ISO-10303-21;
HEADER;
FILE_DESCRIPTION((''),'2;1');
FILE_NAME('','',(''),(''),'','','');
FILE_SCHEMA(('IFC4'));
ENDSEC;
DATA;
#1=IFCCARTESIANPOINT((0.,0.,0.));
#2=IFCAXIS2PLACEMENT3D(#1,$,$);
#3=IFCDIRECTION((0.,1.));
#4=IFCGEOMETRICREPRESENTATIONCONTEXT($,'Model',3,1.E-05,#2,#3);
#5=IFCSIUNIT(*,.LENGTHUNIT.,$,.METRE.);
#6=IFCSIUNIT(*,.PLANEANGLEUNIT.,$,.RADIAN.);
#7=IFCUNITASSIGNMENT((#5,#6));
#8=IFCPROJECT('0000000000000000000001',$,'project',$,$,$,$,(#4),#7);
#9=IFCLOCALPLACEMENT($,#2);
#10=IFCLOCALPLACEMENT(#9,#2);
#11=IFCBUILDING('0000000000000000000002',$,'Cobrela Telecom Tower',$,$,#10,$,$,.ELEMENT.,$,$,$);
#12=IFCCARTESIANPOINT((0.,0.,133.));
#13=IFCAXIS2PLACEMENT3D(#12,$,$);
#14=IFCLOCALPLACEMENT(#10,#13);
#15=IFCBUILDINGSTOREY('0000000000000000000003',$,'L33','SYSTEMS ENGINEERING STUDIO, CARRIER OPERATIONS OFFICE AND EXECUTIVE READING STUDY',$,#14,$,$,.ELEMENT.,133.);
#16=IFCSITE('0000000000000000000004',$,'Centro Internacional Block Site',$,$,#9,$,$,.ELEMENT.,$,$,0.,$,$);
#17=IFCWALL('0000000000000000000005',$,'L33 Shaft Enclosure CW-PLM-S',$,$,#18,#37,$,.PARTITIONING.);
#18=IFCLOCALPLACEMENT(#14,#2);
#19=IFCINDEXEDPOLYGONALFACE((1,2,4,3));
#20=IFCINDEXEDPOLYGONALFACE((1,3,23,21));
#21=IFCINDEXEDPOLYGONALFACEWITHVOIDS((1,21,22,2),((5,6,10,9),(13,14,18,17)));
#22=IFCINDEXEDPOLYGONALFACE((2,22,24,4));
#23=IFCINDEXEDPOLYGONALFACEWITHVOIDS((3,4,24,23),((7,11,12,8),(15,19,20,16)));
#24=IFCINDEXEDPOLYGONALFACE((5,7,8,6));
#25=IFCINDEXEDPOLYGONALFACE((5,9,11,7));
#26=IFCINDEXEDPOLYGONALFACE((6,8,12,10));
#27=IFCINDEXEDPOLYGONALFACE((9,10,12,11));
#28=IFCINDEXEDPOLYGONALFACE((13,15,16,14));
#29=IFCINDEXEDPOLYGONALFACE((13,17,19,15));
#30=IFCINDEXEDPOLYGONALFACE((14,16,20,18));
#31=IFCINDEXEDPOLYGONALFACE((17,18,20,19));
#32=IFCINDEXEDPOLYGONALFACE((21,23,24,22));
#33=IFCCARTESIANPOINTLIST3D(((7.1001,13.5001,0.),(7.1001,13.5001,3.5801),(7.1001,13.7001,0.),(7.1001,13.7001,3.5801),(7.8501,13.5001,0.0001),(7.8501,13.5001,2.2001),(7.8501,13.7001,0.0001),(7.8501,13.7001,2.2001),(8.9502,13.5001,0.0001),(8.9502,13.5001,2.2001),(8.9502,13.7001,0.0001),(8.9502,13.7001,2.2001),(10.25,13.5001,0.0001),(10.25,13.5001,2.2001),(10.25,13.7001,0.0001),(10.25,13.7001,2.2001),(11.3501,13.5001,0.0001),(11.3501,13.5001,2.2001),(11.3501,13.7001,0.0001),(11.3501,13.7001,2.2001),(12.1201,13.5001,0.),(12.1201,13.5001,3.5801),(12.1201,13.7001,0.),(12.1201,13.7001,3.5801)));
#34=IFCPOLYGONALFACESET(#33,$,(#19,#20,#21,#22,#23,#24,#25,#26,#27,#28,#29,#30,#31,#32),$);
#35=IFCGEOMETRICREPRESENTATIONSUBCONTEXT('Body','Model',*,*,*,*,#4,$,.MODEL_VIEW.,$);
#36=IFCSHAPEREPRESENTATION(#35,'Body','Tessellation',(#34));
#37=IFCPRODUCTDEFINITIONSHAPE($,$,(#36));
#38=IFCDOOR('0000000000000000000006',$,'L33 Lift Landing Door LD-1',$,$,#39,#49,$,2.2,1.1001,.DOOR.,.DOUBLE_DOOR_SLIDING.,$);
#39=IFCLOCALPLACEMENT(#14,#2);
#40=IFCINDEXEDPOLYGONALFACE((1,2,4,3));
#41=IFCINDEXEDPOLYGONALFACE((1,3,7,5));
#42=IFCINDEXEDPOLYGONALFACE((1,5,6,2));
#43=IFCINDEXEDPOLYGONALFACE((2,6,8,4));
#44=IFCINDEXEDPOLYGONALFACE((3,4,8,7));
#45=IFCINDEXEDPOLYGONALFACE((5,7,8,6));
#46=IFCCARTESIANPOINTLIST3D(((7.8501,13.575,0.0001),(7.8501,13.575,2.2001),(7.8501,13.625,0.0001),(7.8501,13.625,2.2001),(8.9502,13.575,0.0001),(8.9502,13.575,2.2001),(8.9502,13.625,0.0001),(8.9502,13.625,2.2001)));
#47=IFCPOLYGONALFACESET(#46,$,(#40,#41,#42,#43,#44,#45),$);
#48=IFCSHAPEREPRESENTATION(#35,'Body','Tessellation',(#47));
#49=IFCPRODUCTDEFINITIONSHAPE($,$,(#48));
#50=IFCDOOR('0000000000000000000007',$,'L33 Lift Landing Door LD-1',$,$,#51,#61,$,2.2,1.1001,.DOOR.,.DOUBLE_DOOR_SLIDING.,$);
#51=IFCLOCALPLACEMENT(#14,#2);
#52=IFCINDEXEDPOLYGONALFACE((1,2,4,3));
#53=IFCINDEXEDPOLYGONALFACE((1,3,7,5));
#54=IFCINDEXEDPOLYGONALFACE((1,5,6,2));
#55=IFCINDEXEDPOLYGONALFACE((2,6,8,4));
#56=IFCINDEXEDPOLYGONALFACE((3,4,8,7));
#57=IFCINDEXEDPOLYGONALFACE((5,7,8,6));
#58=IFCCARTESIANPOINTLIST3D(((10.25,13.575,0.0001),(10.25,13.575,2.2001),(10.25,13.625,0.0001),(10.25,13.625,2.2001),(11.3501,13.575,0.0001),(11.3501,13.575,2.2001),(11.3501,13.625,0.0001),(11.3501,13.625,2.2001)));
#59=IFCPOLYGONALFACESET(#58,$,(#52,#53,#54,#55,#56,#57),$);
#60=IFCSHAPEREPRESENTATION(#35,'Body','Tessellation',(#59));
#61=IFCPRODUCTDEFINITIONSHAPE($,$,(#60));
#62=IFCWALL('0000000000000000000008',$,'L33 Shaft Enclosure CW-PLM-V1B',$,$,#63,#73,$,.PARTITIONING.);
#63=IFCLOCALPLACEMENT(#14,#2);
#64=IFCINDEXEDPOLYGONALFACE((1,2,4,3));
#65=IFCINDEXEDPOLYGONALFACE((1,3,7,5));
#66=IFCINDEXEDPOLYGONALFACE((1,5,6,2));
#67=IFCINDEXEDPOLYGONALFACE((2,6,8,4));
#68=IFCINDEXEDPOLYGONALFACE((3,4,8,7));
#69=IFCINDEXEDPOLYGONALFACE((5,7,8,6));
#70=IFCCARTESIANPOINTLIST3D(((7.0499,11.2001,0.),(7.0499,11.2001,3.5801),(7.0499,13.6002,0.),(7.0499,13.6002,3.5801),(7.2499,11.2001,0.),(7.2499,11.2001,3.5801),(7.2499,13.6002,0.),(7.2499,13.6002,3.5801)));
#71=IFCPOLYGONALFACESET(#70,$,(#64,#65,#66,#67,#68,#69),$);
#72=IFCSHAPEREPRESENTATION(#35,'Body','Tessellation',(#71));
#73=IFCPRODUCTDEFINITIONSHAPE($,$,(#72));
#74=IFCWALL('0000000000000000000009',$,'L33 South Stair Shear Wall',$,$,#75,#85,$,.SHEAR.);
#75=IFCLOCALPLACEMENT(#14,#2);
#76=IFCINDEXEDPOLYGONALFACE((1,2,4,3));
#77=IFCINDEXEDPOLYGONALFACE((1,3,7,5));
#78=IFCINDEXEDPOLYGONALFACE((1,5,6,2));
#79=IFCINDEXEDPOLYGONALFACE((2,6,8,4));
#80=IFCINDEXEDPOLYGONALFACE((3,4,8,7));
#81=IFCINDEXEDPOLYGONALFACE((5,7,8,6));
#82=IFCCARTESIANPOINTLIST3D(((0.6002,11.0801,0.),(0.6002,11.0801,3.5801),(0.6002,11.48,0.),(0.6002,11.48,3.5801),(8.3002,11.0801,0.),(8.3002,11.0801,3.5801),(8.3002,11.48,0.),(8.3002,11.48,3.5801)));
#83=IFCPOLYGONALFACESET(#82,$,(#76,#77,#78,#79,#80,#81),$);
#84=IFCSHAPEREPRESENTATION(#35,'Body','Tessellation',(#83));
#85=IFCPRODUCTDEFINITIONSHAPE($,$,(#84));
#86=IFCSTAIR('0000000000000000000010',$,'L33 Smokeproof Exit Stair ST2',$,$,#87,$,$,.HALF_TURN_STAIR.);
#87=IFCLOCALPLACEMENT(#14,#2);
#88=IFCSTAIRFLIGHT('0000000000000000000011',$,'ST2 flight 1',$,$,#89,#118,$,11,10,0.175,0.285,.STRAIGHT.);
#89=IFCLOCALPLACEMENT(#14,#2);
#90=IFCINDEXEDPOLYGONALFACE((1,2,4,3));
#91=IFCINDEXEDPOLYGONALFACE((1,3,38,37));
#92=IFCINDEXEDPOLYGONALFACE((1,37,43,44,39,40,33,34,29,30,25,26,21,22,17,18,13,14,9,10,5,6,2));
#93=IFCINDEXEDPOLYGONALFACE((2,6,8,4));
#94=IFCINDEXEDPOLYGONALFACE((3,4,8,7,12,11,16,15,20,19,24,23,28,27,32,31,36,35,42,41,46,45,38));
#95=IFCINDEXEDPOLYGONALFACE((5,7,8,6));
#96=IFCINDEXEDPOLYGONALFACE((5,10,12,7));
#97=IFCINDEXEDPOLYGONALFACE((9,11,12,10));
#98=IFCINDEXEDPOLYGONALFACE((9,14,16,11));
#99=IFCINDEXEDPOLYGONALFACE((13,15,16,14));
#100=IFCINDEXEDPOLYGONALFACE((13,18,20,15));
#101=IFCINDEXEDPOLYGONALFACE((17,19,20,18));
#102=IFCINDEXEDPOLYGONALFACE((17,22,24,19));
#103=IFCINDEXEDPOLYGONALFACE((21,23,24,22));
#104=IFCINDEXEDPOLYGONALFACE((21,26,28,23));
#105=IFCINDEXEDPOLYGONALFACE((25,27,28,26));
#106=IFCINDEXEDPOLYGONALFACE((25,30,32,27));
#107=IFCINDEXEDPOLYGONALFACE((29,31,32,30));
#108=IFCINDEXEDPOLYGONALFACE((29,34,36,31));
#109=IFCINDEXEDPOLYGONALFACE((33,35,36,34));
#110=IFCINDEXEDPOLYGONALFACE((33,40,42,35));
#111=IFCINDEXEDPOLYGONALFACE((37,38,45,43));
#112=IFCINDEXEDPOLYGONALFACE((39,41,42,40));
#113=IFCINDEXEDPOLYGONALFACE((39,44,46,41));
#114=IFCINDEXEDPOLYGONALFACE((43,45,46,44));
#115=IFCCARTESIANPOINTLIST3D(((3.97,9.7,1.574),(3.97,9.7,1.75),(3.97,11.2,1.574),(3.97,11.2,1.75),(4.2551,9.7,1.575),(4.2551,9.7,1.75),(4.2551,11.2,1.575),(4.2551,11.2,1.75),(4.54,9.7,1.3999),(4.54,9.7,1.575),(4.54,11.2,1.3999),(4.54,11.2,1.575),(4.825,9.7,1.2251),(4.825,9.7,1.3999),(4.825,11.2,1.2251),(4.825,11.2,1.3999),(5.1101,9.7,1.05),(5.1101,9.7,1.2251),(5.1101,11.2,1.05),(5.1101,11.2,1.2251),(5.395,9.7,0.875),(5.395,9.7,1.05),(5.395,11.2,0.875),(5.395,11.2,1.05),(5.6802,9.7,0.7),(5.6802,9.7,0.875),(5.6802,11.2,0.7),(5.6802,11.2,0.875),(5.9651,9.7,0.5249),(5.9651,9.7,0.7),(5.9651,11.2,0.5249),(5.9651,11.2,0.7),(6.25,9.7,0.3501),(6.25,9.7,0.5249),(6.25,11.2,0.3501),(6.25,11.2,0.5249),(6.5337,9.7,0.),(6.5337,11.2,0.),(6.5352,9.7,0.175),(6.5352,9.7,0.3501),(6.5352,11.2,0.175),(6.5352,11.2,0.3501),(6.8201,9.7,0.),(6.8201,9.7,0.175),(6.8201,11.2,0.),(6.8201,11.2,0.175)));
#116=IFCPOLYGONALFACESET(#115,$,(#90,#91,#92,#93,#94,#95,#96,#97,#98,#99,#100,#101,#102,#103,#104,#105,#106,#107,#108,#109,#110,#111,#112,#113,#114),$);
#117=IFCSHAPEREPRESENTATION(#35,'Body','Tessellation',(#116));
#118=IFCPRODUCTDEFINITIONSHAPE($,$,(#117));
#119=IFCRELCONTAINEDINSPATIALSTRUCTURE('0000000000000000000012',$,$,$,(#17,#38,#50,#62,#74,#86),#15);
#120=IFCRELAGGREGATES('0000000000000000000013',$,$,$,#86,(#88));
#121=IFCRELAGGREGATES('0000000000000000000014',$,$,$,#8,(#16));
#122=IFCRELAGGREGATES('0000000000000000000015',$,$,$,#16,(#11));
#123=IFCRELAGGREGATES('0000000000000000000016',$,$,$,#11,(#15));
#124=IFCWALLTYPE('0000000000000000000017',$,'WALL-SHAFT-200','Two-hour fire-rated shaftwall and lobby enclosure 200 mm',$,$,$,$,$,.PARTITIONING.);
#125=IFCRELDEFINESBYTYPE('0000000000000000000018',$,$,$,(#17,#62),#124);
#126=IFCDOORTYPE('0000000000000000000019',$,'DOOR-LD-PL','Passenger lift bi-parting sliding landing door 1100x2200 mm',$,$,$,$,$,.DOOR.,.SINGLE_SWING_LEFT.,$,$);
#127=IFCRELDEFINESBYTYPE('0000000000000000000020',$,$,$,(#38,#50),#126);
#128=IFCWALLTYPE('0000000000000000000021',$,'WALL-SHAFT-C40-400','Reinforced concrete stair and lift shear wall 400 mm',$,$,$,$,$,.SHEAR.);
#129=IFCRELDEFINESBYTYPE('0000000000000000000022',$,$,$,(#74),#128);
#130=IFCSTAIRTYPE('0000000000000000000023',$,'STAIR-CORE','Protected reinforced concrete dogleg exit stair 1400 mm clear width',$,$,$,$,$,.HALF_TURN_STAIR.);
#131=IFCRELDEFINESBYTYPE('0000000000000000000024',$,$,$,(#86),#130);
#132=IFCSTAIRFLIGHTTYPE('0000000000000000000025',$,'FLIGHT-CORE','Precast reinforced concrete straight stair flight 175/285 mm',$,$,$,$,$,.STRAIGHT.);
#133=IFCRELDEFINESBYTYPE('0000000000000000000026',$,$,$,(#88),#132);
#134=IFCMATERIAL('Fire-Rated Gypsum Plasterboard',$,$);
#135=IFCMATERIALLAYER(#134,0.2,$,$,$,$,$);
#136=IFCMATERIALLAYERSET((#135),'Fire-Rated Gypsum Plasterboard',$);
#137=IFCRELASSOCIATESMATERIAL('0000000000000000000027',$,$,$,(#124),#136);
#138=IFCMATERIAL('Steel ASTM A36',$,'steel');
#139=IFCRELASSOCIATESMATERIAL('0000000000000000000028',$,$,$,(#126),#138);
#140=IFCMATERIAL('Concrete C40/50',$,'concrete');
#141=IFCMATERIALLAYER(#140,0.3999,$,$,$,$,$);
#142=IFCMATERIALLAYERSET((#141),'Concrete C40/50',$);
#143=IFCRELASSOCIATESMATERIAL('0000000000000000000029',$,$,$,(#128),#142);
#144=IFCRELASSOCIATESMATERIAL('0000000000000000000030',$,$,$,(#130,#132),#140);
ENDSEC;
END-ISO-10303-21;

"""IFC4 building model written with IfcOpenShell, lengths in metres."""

from ifc_helpers import new_model, si_unit, direction, frame, frame_2d, origin, place, context, subcontext, project, spatial, polyline, rectangle, outline, extrude, material, layer, layer_set, type_object, element, fill, aggregate, save


model = new_model("IFC4")

# Units and contexts
model_context = context("Model", 3, precision=1e-05, world=origin(), true_north=direction((0.0, 1.0)))
body_context = subcontext(model_context, "Body", "Model", "MODEL_VIEW")
ifc_project = project(units=[si_unit("LENGTHUNIT", "METRE"), si_unit("PLANEANGLEUNIT", "RADIAN")], contexts=[model_context])

# Site, building, storey
site_placement = place(None, origin())
site = spatial("IfcSite", under=ifc_project, at=site_placement, Name="Centro Internacional Block Site", CompositionType="ELEMENT", RefElevation=0.0)
building_placement = place(site_placement, origin())
building = spatial("IfcBuilding", under=site, at=building_placement, Name="Cobrela Telecom Tower", CompositionType="ELEMENT")
storey_placement = place(building_placement, frame((0.0, 0.0, 133.0)))
storey = spatial("IfcBuildingStorey", under=building, at=storey_placement, Name="L33", Description="SYSTEMS ENGINEERING STUDIO, CARRIER OPERATIONS OFFICE AND EXECUTIVE READING STUDY", CompositionType="ELEMENT", Elevation=133.0)

# Shared definitions
ifc_material_1 = material(Name="Fire-Rated Gypsum Plasterboard")

# Shared definitions
ifc_layer_1 = layer(ifc_material_1, 0.2)
ifc_layer_set_1 = layer_set([ifc_layer_1], Name="Fire-Rated Gypsum Plasterboard")
wall_type_1 = type_object("IfcWallType", Name="WALL-SHAFT-200", Description="Two-hour fire-rated shaftwall and lobby enclosure 200 mm", PredefinedType="PARTITIONING", material=ifc_layer_set_1)

# Wall, openings, doors
ifc_material_2 = material(Name="Steel ASTM A36", Category="steel")
door_type_1 = type_object("IfcDoorType", Name="DOOR-LD-PL", Description="Passenger lift bi-parting sliding landing door 1100x2200 mm", OperationType="SINGLE_SWING_LEFT", PredefinedType="DOOR", material=ifc_material_2)
wall_1_placement = place(storey_placement, frame((7.1001, 13.6001, 0.0), z_axis=(0.0, 0.0, 1.0), x_axis=(1.0, 0.0, 0.0)))
wall_1 = element("IfcWall", 1, at=wall_1_placement, inside=storey, type_object=wall_type_1, Name="L33 Shaft Enclosure CW-PLM-S", PredefinedType="PARTITIONING", context=body_context, shape_type="SweptSolid", body=[
    extrude(rectangle(XDim=5.02, YDim=0.2, at=frame_2d((2.51, 0.0))), origin(), (0.0, 0.0, 1.0), 3.5801),
])
opening_1_placement = place(wall_1_placement, frame((0.75, 0.0, 0.0)))
opening_1 = element("IfcOpeningElement", 2, at=opening_1_placement, cuts=wall_1, PredefinedType="OPENING", context=body_context, shape_type="SweptSolid", body=[
    extrude(rectangle(XDim=1.1001, YDim=2.2, at=frame_2d((0.55, 1.1001))), frame((0.0, 0.1118, 0.0), z_axis=(0.0, -1.0, 0.0), x_axis=(1.0, 0.0, 0.0)), (0.0, 0.0, 1.0), 0.2239),
])
opening_2_placement = place(wall_1_placement, frame((3.1499, 0.0, 0.0)))
opening_2 = element("IfcOpeningElement", 3, at=opening_2_placement, cuts=wall_1, PredefinedType="OPENING", context=body_context, shape_type="SweptSolid", body=[
    extrude(rectangle(XDim=1.1001, YDim=2.2, at=frame_2d((0.55, 1.1001))), frame((0.0, 0.1118, 0.0), z_axis=(0.0, -1.0, 0.0), x_axis=(1.0, 0.0, 0.0)), (0.0, 0.0, 1.0), 0.2239),
])
door_1_placement = place(opening_1_placement, origin())
door_1 = element("IfcDoor", 4, at=door_1_placement, inside=storey, type_object=door_type_1, Name="L33 Lift Landing Door LD-1", OperationType="DOUBLE_DOOR_SLIDING", OverallHeight=2.2, OverallWidth=1.1001, PredefinedType="DOOR", context=body_context, shape_type="SweptSolid", body=[
    extrude(rectangle(XDim=1.1001, YDim=2.2, at=frame_2d((0.55, 1.1001))), frame((0.0, 0.0249, 0.0), z_axis=(0.0, -1.0, 0.0), x_axis=(1.0, 0.0, 0.0)), (0.0, 0.0, 1.0), 0.05),
])
fill(opening_1, door_1)
door_2_placement = place(opening_2_placement, origin())
door_2 = element("IfcDoor", 5, at=door_2_placement, inside=storey, type_object=door_type_1, Name="L33 Lift Landing Door LD-1", OperationType="DOUBLE_DOOR_SLIDING", OverallHeight=2.2, OverallWidth=1.1001, PredefinedType="DOOR", context=body_context, shape_type="SweptSolid", body=[
    extrude(rectangle(XDim=1.1001, YDim=2.2, at=frame_2d((0.55, 1.1001))), frame((0.0, 0.0249, 0.0), z_axis=(0.0, -1.0, 0.0), x_axis=(1.0, 0.0, 0.0)), (0.0, 0.0, 1.0), 0.05),
])
fill(opening_2, door_2)

# Walls
wall_2_placement = place(storey_placement, frame((7.1499, 11.2, 0.0), z_axis=(0.0, 0.0, 1.0), x_axis=(0.0, 1.0, 0.0)))
element("IfcWall", 6, at=wall_2_placement, inside=storey, type_object=wall_type_1, Name="L33 Shaft Enclosure CW-PLM-V1B", PredefinedType="PARTITIONING", context=body_context, shape_type="SweptSolid", body=[
    extrude(rectangle(XDim=2.4001, YDim=0.2, at=frame_2d((1.2002, 0.0))), origin(), (0.0, 0.0, 1.0), 3.5801),
])
ifc_material_3 = material(Name="Concrete C40/50", Category="concrete")
ifc_layer_2 = layer(ifc_material_3, 0.3999)
ifc_layer_set_2 = layer_set([ifc_layer_2], Name="Concrete C40/50")
wall_type_2 = type_object("IfcWallType", Name="WALL-SHAFT-C40-400", Description="Reinforced concrete stair and lift shear wall 400 mm", PredefinedType="SHEAR", material=ifc_layer_set_2)
wall_3_placement = place(storey_placement, frame((0.6001, 11.28, 0.0), z_axis=(0.0, 0.0, 1.0), x_axis=(1.0, 0.0, 0.0)))
element("IfcWall", 7, at=wall_3_placement, inside=storey, type_object=wall_type_2, Name="L33 South Stair Shear Wall", PredefinedType="SHEAR", context=body_context, shape_type="SweptSolid", body=[
    extrude(rectangle(XDim=7.7, YDim=0.3999, at=frame_2d((3.8501, 0.0))), origin(), (0.0, 0.0, 1.0), 3.5801),
])

# Stair, stair flight
stair_type = type_object("IfcStairType", Name="STAIR-CORE", Description="Protected reinforced concrete dogleg exit stair 1400 mm clear width", PredefinedType="HALF_TURN_STAIR", material=ifc_material_3)
stair_placement = place(storey_placement, origin())
stair = element("IfcStair", 8, at=stair_placement, inside=storey, type_object=stair_type, Name="L33 Smokeproof Exit Stair ST2", PredefinedType="HALF_TURN_STAIR")
stair_flight_type = type_object("IfcStairFlightType", Name="FLIGHT-CORE", Description="Precast reinforced concrete straight stair flight 175/285 mm", PredefinedType="STRAIGHT", material=ifc_material_3)
stair_flight_placement = place(storey_placement, frame((6.8201, 10.45, 0.0), z_axis=(0.0, 0.0, 1.0), x_axis=(-1.0, 0.0, 0.0)))
stair_flight = element("IfcStairFlight", 9, at=stair_flight_placement, type_object=stair_flight_type, Name="ST2 flight 1", NumberOfRisers=11, NumberOfTreads=10, PredefinedType="STRAIGHT", RiserHeight=0.175, TreadLength=0.285, context=body_context, shape_type="SweptSolid", body=[
    extrude(outline(polyline([(0.0, 0.0), (0.0, 0.175), (0.2849, 0.175), (0.2849, 0.3501), (0.5701, 0.3501), (0.5701, 0.5249), (0.855, 0.5249), (0.855, 0.7), (1.1399, 0.7), (1.1399, 0.875), (1.425, 0.875), (1.425, 1.05), (1.71, 1.05), (1.71, 1.2251), (1.9951, 1.2251), (1.9951, 1.3999), (2.28, 1.3999), (2.28, 1.575), (2.5649, 1.575), (2.5649, 1.75), (2.8501, 1.75), (2.8501, 1.925), (2.8501, 1.574), (0.2864, 0.0), (0.0, 0.0)])), frame((0.0, 0.75, 0.0), z_axis=(0.0, -1.0, 0.0), x_axis=(1.0, 0.0, 0.0)), (0.0, 0.0, 1.0), 1.5),
])
aggregate(stair, [stair_flight])

save(model, "model.ifc")
